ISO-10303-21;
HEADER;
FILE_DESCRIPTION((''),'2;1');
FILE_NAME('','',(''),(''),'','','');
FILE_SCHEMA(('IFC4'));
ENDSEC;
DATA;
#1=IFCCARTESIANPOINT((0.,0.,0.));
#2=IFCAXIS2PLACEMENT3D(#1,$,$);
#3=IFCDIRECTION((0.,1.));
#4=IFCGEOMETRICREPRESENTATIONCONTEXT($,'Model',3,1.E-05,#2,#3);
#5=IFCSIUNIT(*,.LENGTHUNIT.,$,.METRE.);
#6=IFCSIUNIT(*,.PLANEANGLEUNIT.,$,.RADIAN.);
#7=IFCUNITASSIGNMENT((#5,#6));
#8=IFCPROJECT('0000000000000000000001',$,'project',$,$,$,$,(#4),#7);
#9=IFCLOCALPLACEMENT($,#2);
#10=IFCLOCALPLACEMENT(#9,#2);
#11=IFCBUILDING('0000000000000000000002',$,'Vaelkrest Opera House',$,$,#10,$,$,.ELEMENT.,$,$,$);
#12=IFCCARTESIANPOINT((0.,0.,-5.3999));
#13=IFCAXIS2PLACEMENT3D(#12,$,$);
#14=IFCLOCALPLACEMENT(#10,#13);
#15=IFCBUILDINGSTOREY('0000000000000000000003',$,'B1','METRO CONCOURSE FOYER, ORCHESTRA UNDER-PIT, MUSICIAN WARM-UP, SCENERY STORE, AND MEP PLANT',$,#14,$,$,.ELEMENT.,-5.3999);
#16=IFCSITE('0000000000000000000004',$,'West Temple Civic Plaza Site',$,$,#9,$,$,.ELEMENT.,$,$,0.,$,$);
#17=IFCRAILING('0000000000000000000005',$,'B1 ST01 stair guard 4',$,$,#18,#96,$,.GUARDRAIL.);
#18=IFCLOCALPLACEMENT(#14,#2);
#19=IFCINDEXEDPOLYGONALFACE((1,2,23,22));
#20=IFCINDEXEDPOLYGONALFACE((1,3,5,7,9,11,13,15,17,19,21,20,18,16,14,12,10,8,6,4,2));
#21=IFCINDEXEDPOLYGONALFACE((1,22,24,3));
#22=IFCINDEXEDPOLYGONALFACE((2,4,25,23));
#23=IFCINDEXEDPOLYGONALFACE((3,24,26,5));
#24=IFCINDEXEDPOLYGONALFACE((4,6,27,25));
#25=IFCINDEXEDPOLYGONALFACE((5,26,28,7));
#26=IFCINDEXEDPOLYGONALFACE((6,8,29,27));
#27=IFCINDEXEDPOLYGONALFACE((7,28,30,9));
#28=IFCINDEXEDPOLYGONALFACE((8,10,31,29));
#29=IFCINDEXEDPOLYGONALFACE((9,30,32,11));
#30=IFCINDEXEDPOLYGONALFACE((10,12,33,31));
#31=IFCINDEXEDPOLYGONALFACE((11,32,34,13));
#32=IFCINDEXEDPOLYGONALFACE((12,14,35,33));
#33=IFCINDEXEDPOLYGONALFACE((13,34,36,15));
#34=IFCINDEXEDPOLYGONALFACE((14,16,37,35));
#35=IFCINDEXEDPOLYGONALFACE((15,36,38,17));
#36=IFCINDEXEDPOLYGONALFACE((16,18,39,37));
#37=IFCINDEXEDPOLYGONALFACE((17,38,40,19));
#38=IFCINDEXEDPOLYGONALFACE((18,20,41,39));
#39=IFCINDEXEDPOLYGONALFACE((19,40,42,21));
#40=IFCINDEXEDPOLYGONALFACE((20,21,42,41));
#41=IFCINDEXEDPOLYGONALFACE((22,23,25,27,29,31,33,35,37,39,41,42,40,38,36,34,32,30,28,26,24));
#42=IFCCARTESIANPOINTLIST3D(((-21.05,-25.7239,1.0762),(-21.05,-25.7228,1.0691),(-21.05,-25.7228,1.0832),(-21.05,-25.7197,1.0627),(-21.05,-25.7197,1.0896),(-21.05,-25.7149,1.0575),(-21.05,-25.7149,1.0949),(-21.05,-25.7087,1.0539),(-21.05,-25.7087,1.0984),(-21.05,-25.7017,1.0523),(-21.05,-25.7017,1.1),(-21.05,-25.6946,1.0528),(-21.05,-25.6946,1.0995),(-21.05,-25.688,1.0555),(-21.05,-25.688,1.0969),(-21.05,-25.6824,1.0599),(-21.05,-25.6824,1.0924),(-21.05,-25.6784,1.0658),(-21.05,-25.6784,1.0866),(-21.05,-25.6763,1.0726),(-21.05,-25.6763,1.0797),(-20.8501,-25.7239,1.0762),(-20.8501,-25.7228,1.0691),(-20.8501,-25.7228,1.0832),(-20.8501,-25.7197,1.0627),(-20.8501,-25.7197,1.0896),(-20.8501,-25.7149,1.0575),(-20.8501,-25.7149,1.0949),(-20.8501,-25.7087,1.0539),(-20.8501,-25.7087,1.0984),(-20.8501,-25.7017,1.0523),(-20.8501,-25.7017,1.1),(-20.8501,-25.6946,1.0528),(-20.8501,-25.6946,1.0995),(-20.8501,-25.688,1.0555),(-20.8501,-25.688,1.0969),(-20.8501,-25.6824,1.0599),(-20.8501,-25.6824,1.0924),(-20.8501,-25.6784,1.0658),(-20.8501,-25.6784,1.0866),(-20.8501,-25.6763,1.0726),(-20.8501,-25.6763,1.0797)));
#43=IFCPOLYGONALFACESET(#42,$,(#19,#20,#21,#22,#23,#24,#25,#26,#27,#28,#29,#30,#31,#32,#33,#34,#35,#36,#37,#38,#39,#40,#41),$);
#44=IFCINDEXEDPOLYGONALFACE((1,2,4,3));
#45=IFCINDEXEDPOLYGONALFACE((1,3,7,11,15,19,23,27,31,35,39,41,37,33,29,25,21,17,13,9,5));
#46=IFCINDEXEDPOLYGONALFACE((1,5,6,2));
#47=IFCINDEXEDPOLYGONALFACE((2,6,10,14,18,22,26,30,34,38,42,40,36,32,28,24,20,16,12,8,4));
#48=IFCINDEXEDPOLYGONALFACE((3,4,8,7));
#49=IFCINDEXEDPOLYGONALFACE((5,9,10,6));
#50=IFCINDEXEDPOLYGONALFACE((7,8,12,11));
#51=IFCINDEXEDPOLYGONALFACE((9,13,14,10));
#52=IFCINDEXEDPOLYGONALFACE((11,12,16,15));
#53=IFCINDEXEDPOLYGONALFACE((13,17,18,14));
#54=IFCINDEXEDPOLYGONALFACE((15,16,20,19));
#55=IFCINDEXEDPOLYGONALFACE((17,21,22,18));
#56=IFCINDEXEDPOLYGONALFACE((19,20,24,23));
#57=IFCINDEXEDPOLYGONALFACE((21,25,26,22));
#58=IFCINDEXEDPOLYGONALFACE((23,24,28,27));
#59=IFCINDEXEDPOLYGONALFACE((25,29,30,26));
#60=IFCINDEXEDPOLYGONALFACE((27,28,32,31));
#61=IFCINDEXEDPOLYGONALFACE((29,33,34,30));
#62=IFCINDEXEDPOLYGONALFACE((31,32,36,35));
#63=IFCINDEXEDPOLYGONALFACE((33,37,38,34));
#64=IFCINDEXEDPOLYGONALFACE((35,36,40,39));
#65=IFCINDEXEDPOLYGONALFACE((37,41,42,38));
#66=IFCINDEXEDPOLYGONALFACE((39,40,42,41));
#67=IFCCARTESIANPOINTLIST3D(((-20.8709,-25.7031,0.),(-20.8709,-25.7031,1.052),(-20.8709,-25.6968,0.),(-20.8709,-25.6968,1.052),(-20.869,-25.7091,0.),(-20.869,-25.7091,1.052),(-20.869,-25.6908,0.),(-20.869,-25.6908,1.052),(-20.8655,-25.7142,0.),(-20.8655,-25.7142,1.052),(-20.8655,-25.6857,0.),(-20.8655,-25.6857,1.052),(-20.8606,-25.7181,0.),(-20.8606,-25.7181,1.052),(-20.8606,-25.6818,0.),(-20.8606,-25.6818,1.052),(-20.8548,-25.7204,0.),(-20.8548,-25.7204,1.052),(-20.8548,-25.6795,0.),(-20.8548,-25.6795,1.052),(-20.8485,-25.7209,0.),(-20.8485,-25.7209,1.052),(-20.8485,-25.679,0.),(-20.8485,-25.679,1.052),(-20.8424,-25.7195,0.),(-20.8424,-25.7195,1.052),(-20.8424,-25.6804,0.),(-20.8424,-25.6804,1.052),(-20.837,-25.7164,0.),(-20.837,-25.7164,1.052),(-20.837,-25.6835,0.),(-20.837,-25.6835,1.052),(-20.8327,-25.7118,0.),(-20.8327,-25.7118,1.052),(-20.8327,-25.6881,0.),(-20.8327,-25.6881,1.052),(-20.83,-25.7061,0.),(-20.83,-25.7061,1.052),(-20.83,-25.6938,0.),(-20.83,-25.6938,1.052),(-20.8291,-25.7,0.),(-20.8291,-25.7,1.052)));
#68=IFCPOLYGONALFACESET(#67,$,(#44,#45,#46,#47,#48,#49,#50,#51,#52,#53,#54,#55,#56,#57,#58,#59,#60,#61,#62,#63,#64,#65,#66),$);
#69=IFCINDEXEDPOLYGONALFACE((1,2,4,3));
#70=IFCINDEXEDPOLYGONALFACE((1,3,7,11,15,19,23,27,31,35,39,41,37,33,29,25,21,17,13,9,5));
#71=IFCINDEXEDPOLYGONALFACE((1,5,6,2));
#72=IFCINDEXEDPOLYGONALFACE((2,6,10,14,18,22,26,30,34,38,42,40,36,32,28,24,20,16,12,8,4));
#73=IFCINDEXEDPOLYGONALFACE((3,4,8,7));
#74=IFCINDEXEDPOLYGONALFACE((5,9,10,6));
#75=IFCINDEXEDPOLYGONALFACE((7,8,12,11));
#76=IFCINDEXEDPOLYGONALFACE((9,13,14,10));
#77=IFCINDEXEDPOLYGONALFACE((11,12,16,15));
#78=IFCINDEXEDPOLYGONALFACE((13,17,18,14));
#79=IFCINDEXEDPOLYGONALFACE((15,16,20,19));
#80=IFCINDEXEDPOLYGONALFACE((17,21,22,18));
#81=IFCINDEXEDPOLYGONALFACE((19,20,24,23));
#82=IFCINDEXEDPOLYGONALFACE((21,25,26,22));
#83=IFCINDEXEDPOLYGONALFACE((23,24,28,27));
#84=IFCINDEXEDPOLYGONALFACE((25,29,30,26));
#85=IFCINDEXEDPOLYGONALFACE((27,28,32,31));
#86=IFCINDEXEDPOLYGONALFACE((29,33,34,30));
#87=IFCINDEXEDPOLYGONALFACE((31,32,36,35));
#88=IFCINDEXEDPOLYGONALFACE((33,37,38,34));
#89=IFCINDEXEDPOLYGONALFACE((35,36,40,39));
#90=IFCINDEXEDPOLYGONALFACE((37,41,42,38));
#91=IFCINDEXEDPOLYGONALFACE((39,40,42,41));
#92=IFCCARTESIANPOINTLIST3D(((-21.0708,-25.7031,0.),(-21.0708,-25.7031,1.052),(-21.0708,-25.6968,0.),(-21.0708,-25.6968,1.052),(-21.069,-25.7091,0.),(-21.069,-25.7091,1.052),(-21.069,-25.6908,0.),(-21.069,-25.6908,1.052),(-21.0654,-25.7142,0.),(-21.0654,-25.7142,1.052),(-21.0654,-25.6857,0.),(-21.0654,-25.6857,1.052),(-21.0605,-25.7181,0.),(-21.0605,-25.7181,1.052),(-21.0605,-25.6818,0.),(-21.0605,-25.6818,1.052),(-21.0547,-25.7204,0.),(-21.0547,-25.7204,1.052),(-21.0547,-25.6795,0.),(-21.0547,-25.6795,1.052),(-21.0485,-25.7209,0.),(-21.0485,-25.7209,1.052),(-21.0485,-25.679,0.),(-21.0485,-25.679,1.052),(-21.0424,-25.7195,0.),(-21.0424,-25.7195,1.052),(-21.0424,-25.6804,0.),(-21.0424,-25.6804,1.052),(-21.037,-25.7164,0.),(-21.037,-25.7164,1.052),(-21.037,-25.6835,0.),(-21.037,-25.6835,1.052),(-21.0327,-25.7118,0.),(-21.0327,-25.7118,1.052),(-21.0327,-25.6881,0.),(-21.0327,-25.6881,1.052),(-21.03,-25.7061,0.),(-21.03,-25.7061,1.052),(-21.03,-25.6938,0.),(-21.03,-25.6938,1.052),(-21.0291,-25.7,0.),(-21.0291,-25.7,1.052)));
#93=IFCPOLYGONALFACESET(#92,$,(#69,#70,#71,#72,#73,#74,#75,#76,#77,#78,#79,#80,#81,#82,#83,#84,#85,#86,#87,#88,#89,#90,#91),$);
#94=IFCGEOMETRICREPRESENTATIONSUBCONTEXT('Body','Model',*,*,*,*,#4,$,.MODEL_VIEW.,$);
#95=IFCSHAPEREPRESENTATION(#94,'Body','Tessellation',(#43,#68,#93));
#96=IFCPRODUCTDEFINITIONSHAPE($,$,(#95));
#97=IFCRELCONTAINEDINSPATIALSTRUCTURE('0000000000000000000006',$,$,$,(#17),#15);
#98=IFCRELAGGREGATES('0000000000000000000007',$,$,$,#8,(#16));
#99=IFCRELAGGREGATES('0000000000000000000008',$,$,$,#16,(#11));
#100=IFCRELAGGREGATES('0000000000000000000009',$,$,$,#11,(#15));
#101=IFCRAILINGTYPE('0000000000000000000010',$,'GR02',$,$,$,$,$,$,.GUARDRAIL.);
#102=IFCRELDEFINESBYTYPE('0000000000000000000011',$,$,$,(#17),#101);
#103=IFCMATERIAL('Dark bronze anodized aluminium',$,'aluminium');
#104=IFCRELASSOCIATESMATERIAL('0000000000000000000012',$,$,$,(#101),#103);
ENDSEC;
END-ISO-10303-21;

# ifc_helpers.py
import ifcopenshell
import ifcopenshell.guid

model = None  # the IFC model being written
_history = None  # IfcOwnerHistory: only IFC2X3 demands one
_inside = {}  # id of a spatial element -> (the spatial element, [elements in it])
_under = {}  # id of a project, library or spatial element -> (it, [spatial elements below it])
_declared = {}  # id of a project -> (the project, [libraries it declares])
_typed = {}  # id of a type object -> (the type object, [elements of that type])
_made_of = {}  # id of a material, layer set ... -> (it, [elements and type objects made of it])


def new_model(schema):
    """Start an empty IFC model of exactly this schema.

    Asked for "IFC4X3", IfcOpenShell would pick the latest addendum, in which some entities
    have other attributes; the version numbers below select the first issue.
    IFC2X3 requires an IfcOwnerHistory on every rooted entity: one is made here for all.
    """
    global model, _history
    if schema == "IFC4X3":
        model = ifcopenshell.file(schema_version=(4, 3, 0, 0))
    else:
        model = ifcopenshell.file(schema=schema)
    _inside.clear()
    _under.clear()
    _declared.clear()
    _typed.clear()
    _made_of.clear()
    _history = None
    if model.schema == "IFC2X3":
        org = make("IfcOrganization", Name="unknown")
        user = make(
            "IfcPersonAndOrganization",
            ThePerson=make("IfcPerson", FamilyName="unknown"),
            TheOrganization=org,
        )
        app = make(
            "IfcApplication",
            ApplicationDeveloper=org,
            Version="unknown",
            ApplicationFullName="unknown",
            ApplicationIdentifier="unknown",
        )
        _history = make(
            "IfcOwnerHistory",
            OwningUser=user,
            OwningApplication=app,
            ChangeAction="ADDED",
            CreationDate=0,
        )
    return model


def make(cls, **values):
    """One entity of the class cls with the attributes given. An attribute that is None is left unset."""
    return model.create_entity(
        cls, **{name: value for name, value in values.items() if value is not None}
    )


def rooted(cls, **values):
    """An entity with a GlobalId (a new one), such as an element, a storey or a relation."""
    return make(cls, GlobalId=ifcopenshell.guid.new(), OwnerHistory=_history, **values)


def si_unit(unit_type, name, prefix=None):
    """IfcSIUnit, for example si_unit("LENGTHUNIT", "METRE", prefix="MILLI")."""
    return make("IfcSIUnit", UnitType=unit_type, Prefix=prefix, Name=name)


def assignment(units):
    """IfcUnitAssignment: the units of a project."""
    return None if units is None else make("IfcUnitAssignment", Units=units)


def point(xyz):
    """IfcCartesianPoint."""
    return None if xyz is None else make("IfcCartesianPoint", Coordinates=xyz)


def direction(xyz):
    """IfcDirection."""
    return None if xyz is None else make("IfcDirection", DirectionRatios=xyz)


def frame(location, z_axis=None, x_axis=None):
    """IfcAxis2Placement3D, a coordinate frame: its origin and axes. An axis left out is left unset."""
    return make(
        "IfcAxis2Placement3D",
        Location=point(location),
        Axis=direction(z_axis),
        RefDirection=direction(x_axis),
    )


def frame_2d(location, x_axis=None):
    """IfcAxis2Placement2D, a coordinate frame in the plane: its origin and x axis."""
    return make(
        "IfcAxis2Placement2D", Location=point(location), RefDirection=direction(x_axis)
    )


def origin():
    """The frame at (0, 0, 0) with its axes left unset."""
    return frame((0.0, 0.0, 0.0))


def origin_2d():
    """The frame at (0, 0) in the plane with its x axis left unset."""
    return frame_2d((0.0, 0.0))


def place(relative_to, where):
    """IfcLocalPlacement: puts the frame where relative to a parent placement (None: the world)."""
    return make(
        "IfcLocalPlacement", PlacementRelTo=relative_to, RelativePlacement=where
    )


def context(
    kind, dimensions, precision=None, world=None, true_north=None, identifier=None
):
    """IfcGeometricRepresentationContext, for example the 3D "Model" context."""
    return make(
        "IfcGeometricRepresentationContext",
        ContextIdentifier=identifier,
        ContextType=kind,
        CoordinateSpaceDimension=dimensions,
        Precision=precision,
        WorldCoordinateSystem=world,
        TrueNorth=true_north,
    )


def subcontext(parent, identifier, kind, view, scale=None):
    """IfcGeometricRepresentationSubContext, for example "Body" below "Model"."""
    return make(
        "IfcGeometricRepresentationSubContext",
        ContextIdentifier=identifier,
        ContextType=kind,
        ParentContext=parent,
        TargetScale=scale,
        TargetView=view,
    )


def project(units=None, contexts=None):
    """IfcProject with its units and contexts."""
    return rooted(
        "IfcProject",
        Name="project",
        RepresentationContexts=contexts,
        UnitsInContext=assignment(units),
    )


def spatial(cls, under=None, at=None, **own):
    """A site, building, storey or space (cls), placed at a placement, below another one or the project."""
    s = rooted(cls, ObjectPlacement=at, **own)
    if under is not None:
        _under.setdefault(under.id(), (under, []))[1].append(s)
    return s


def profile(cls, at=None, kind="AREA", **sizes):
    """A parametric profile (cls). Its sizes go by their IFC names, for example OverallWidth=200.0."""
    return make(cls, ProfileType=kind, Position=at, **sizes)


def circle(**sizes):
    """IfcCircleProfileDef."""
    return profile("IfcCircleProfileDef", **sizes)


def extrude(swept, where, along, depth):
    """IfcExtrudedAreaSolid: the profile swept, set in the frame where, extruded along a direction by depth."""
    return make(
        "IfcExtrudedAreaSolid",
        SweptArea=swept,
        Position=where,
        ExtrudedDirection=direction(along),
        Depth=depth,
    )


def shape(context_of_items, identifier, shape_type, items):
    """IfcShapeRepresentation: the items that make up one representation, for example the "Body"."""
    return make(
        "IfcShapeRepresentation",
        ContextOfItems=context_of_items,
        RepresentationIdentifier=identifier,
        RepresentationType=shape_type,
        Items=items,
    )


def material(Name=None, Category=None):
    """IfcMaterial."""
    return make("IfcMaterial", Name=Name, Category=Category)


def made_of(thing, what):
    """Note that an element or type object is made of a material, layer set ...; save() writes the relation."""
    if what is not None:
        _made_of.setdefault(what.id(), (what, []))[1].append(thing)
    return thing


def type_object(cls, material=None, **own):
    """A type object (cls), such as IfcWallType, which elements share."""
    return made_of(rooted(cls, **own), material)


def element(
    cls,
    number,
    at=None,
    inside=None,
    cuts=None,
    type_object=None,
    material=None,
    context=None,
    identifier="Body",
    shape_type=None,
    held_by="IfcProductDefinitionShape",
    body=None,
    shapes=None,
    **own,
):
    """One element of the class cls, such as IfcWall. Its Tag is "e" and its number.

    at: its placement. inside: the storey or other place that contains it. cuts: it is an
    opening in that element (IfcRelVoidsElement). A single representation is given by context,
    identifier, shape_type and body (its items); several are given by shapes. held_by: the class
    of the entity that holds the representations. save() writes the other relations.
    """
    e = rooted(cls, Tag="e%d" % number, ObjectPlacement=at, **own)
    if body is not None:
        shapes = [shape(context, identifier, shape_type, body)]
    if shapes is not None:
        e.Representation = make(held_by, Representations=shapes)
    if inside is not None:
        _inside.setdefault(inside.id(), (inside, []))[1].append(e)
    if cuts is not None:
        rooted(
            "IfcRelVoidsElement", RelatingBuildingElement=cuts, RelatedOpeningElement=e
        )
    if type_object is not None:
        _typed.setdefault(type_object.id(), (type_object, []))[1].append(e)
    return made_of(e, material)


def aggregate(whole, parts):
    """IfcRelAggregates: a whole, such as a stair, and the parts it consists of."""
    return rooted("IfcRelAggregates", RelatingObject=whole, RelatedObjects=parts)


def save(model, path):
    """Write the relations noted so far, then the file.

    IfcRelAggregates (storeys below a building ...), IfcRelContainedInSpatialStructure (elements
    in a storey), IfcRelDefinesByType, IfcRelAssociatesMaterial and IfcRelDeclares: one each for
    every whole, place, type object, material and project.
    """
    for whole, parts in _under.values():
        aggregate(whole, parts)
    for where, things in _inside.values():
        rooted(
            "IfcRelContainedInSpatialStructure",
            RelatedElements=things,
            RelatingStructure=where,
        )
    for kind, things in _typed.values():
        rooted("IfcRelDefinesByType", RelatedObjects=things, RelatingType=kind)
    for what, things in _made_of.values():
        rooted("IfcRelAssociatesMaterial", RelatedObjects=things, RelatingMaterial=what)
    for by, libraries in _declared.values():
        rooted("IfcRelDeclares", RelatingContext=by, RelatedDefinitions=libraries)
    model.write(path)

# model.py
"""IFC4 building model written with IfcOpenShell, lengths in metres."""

from ifc_helpers import new_model, si_unit, direction, frame, origin, origin_2d, place, context, subcontext, project, spatial, circle, extrude, material, type_object, element, save


model = new_model("IFC4")

# Units and contexts
model_context = context("Model", 3, precision=1e-05, world=origin(), true_north=direction((0.0, 1.0)))
body_context = subcontext(model_context, "Body", "Model", "MODEL_VIEW")
ifc_project = project(units=[si_unit("LENGTHUNIT", "METRE"), si_unit("PLANEANGLEUNIT", "RADIAN")], contexts=[model_context])

# Site, building, storey
site_placement = place(None, origin())
site = spatial("IfcSite", under=ifc_project, at=site_placement, Name="West Temple Civic Plaza Site", CompositionType="ELEMENT", RefElevation=0.0)
building_placement = place(site_placement, origin())
building = spatial("IfcBuilding", under=site, at=building_placement, Name="Vaelkrest Opera House", CompositionType="ELEMENT")
storey_placement = place(building_placement, frame((0.0, 0.0, -5.3999)))
storey = spatial("IfcBuildingStorey", under=building, at=storey_placement, Name="B1", Description="METRO CONCOURSE FOYER, ORCHESTRA UNDER-PIT, MUSICIAN WARM-UP, SCENERY STORE, AND MEP PLANT", CompositionType="ELEMENT", Elevation=-5.3999)

# Railing
ifc_material_1 = material(Name="Dark bronze anodized aluminium", Category="aluminium")
railing_type = type_object("IfcRailingType", Name="GR02", PredefinedType="GUARDRAIL", material=ifc_material_1)
railing_1_placement = place(storey_placement, frame((-20.8501, -25.7, 0.0)))
element("IfcRailing", 1, at=railing_1_placement, inside=storey, type_object=railing_type, Name="B1 ST01 stair guard 4", PredefinedType="GUARDRAIL", context=body_context, shape_type="SweptSolid", body=[
    extrude(circle(Radius=0.0239, at=origin_2d()), frame((0.0, 0.0, 1.0762), z_axis=(-1.0, 0.0, 0.0), x_axis=(0.0, -1.0, 0.0)), (0.0, 0.0, 1.0), 0.2),
    extrude(circle(Radius=0.021, at=origin_2d()), origin(), (0.0, 0.0, 1.0), 1.052),
    extrude(circle(Radius=0.021, at=origin_2d()), frame((-0.2, 0.0, 0.0)), (0.0, 0.0, 1.0), 1.052),
])

save(model, "model.ifc")
